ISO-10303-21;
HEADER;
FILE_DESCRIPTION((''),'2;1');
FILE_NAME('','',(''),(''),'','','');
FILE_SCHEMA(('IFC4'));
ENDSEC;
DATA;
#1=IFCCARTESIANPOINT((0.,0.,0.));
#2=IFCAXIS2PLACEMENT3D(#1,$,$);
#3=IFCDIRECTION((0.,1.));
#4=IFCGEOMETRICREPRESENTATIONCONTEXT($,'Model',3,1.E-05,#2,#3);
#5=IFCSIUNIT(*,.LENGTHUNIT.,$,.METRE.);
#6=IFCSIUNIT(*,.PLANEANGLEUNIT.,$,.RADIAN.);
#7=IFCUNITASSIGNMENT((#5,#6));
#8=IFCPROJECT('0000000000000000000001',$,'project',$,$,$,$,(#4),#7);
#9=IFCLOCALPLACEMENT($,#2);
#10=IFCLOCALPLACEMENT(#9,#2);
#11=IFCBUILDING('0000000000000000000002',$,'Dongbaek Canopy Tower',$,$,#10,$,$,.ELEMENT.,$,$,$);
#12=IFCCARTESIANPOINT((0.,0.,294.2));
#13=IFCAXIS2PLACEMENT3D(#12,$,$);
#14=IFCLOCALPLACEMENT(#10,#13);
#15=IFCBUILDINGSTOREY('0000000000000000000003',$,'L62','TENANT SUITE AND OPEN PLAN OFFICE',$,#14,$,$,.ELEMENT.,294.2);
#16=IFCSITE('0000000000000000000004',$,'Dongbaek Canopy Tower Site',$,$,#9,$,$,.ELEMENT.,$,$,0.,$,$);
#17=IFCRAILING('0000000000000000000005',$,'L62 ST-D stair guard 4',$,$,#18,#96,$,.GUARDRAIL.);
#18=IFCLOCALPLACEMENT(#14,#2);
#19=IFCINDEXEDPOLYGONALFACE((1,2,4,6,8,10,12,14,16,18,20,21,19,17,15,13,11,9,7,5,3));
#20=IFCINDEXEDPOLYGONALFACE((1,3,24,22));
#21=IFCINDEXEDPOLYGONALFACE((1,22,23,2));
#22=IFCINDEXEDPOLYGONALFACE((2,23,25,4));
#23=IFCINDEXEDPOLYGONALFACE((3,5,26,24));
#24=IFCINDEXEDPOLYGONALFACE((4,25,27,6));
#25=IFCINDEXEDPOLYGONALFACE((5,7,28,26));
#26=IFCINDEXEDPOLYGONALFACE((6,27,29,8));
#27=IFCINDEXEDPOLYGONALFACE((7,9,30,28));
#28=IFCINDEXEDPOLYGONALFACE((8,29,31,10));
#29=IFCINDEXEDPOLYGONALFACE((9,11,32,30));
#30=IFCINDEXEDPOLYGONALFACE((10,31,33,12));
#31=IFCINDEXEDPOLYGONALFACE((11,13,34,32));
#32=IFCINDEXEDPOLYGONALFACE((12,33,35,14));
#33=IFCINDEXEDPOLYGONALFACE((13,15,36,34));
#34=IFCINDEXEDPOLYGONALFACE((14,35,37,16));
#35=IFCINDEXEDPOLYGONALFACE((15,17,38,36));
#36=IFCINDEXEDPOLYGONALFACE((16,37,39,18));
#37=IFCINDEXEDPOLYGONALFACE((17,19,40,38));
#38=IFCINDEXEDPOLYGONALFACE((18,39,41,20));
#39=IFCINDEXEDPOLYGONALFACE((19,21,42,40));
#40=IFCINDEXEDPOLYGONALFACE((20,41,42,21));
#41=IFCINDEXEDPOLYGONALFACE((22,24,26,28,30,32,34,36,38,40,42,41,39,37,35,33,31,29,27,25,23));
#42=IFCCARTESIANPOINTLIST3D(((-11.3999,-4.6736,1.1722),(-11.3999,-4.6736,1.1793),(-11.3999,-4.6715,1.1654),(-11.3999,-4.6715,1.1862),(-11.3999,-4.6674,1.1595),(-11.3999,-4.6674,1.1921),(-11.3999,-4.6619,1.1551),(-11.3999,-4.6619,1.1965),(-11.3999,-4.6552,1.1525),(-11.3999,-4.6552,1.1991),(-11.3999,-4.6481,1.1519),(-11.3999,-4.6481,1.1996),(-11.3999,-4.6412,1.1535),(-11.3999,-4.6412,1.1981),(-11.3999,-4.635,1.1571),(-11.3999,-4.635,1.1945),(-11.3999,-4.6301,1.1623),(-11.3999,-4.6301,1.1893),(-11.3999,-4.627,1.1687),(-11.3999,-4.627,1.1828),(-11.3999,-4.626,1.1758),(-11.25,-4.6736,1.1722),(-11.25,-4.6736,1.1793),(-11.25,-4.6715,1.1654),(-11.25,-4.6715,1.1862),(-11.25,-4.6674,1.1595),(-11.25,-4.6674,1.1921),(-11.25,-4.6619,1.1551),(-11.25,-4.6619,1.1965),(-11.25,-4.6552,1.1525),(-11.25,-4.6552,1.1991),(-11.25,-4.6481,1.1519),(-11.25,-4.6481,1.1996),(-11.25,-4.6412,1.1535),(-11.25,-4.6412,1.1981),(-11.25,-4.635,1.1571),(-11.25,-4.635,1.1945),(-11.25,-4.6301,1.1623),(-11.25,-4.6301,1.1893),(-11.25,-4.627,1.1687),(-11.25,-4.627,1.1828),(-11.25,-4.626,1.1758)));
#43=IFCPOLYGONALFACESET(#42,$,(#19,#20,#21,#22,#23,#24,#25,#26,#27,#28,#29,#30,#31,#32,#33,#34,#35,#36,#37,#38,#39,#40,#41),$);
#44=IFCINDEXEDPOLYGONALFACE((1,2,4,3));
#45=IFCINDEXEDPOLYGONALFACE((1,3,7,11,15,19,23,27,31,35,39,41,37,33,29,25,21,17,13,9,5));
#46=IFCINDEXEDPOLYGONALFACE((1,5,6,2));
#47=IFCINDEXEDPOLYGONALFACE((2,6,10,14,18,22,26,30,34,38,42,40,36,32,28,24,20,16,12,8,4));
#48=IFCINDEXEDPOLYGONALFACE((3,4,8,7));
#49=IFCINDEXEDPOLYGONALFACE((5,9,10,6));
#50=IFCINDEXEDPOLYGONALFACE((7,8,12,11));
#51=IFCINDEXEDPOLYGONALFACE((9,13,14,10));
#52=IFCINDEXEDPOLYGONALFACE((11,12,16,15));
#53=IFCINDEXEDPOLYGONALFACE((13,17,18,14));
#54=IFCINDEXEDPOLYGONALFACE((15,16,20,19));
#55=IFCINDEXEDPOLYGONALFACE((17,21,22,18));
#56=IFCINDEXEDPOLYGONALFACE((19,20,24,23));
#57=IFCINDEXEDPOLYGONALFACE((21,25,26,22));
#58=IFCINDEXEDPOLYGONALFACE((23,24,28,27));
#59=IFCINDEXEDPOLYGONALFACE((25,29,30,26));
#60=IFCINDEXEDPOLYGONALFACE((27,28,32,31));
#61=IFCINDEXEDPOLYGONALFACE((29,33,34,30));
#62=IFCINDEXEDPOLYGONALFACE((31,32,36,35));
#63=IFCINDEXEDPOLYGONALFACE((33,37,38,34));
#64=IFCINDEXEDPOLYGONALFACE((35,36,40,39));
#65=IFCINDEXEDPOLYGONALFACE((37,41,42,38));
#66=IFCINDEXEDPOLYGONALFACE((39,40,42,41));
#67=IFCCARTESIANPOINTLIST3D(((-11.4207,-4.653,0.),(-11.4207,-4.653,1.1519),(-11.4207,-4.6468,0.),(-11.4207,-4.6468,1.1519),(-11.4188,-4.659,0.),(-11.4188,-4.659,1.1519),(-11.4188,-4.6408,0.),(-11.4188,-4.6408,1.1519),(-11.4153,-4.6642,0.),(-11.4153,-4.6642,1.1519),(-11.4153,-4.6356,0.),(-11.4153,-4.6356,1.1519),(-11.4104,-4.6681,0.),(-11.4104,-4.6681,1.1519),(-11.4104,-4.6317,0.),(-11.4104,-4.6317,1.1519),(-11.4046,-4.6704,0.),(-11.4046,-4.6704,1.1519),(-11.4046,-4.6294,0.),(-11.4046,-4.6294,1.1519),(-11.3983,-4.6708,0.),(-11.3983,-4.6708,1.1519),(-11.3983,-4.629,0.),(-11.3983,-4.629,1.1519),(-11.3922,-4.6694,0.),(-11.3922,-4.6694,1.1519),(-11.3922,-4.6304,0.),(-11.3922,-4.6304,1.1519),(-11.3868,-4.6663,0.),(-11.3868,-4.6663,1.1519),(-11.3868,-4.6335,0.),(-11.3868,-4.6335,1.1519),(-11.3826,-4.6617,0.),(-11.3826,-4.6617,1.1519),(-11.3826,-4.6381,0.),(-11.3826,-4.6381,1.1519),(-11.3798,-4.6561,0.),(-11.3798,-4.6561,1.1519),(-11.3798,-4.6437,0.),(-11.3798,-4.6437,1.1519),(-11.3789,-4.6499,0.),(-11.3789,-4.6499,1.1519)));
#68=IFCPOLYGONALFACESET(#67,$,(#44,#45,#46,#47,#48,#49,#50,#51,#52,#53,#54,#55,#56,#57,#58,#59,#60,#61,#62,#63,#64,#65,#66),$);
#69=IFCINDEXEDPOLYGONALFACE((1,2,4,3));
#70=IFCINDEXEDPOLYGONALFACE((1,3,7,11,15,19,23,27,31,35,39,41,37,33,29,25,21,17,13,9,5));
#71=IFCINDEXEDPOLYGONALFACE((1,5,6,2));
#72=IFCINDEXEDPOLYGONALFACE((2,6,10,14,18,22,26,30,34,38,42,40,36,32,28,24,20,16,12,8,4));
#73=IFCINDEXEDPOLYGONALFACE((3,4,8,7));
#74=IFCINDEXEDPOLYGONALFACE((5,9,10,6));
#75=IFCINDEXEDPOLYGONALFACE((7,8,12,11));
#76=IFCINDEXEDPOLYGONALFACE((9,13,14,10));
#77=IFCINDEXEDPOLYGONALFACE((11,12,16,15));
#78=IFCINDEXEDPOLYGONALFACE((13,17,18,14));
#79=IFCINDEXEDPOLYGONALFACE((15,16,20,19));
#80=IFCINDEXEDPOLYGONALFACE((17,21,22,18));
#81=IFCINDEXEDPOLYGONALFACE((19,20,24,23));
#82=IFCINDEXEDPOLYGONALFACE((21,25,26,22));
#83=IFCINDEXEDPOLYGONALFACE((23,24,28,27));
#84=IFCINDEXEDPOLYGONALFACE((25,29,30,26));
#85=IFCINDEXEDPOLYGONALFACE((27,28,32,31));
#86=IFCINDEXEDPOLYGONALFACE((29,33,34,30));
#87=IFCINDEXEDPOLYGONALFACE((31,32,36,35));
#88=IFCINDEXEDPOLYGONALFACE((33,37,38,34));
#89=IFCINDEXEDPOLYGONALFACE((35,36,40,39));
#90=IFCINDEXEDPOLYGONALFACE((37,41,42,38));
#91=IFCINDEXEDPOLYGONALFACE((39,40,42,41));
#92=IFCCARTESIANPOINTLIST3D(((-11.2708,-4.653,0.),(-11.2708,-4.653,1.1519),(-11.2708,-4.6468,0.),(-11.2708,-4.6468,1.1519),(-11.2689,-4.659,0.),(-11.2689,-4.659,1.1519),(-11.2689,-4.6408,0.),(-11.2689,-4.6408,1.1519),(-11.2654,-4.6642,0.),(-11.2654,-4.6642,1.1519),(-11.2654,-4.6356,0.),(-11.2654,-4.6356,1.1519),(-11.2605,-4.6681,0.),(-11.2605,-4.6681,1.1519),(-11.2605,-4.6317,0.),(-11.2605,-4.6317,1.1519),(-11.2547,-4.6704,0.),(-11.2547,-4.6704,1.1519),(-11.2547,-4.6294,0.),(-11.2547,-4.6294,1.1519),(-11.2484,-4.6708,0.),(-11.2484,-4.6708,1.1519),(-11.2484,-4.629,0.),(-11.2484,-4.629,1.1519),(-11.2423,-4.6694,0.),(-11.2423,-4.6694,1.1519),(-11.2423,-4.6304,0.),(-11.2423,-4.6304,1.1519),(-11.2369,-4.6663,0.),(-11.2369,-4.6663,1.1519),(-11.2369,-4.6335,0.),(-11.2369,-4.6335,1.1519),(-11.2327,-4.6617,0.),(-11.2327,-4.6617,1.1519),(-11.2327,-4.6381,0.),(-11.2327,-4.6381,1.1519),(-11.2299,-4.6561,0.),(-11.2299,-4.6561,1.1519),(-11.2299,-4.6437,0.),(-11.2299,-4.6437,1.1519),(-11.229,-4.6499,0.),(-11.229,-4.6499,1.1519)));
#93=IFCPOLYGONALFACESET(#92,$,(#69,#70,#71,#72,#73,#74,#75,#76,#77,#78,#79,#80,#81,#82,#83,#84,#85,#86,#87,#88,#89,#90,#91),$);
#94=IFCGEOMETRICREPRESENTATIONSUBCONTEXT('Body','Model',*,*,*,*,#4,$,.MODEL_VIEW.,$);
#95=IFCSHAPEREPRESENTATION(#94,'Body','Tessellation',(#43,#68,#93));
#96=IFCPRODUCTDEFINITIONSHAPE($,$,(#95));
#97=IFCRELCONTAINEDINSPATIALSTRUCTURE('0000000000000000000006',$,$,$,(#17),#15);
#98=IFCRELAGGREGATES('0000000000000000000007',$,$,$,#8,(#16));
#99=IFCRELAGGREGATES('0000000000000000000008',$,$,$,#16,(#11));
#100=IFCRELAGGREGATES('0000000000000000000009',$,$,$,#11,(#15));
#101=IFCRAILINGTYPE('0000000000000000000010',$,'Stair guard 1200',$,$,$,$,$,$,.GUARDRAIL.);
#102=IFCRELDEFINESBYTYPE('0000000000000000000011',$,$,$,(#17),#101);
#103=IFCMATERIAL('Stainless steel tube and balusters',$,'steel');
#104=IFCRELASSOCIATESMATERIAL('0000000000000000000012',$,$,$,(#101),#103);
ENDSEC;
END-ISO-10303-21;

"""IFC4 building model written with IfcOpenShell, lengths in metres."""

from ifc_helpers import new_model, si_unit, direction, frame, origin, origin_2d, place, context, subcontext, project, spatial, circle, extrude, material, type_object, element, save


model = new_model("IFC4")

# Units and contexts
model_context = context("Model", 3, precision=1e-05, world=origin(), true_north=direction((0.0, 1.0)))
body_context = subcontext(model_context, "Body", "Model", "MODEL_VIEW")
ifc_project = project(units=[si_unit("LENGTHUNIT", "METRE"), si_unit("PLANEANGLEUNIT", "RADIAN")], contexts=[model_context])

# Site, building, storey
site_placement = place(None, origin())
site = spatial("IfcSite", under=ifc_project, at=site_placement, Name="Dongbaek Canopy Tower Site", CompositionType="ELEMENT", RefElevation=0.0)
building_placement = place(site_placement, origin())
building = spatial("IfcBuilding", under=site, at=building_placement, Name="Dongbaek Canopy Tower", CompositionType="ELEMENT")
storey_placement = place(building_placement, frame((0.0, 0.0, 294.2)))
storey = spatial("IfcBuildingStorey", under=building, at=storey_placement, Name="L62", Description="TENANT SUITE AND OPEN PLAN OFFICE", CompositionType="ELEMENT", Elevation=294.2)

# Railing
ifc_material_1 = material(Name="Stainless steel tube and balusters", Category="steel")
railing_type_1 = type_object("IfcRailingType", Name="Stair guard 1200", PredefinedType="GUARDRAIL", material=ifc_material_1)
railing_1_placement = place(storey_placement, frame((-11.3999, -4.6499, 0.0)))
element("IfcRailing", 1, at=railing_1_placement, inside=storey, type_object=railing_type_1, Name="L62 ST-D stair guard 4", PredefinedType="GUARDRAIL", context=body_context, shape_type="SweptSolid", body=[
    extrude(circle(Radius=0.0239, at=origin_2d()), frame((0.0, 0.0, 1.1758), z_axis=(1.0, 0.0, 0.0), x_axis=(0.0, 1.0, 0.0)), (0.0, 0.0, 1.0), 0.1499),
    extrude(circle(Radius=0.021, at=origin_2d()), origin(), (0.0, 0.0, 1.0), 1.1519),
    extrude(circle(Radius=0.021, at=origin_2d()), frame((0.1499, 0.0, 0.0)), (0.0, 0.0, 1.0), 1.1519),
])

save(model, "model.ifc")
